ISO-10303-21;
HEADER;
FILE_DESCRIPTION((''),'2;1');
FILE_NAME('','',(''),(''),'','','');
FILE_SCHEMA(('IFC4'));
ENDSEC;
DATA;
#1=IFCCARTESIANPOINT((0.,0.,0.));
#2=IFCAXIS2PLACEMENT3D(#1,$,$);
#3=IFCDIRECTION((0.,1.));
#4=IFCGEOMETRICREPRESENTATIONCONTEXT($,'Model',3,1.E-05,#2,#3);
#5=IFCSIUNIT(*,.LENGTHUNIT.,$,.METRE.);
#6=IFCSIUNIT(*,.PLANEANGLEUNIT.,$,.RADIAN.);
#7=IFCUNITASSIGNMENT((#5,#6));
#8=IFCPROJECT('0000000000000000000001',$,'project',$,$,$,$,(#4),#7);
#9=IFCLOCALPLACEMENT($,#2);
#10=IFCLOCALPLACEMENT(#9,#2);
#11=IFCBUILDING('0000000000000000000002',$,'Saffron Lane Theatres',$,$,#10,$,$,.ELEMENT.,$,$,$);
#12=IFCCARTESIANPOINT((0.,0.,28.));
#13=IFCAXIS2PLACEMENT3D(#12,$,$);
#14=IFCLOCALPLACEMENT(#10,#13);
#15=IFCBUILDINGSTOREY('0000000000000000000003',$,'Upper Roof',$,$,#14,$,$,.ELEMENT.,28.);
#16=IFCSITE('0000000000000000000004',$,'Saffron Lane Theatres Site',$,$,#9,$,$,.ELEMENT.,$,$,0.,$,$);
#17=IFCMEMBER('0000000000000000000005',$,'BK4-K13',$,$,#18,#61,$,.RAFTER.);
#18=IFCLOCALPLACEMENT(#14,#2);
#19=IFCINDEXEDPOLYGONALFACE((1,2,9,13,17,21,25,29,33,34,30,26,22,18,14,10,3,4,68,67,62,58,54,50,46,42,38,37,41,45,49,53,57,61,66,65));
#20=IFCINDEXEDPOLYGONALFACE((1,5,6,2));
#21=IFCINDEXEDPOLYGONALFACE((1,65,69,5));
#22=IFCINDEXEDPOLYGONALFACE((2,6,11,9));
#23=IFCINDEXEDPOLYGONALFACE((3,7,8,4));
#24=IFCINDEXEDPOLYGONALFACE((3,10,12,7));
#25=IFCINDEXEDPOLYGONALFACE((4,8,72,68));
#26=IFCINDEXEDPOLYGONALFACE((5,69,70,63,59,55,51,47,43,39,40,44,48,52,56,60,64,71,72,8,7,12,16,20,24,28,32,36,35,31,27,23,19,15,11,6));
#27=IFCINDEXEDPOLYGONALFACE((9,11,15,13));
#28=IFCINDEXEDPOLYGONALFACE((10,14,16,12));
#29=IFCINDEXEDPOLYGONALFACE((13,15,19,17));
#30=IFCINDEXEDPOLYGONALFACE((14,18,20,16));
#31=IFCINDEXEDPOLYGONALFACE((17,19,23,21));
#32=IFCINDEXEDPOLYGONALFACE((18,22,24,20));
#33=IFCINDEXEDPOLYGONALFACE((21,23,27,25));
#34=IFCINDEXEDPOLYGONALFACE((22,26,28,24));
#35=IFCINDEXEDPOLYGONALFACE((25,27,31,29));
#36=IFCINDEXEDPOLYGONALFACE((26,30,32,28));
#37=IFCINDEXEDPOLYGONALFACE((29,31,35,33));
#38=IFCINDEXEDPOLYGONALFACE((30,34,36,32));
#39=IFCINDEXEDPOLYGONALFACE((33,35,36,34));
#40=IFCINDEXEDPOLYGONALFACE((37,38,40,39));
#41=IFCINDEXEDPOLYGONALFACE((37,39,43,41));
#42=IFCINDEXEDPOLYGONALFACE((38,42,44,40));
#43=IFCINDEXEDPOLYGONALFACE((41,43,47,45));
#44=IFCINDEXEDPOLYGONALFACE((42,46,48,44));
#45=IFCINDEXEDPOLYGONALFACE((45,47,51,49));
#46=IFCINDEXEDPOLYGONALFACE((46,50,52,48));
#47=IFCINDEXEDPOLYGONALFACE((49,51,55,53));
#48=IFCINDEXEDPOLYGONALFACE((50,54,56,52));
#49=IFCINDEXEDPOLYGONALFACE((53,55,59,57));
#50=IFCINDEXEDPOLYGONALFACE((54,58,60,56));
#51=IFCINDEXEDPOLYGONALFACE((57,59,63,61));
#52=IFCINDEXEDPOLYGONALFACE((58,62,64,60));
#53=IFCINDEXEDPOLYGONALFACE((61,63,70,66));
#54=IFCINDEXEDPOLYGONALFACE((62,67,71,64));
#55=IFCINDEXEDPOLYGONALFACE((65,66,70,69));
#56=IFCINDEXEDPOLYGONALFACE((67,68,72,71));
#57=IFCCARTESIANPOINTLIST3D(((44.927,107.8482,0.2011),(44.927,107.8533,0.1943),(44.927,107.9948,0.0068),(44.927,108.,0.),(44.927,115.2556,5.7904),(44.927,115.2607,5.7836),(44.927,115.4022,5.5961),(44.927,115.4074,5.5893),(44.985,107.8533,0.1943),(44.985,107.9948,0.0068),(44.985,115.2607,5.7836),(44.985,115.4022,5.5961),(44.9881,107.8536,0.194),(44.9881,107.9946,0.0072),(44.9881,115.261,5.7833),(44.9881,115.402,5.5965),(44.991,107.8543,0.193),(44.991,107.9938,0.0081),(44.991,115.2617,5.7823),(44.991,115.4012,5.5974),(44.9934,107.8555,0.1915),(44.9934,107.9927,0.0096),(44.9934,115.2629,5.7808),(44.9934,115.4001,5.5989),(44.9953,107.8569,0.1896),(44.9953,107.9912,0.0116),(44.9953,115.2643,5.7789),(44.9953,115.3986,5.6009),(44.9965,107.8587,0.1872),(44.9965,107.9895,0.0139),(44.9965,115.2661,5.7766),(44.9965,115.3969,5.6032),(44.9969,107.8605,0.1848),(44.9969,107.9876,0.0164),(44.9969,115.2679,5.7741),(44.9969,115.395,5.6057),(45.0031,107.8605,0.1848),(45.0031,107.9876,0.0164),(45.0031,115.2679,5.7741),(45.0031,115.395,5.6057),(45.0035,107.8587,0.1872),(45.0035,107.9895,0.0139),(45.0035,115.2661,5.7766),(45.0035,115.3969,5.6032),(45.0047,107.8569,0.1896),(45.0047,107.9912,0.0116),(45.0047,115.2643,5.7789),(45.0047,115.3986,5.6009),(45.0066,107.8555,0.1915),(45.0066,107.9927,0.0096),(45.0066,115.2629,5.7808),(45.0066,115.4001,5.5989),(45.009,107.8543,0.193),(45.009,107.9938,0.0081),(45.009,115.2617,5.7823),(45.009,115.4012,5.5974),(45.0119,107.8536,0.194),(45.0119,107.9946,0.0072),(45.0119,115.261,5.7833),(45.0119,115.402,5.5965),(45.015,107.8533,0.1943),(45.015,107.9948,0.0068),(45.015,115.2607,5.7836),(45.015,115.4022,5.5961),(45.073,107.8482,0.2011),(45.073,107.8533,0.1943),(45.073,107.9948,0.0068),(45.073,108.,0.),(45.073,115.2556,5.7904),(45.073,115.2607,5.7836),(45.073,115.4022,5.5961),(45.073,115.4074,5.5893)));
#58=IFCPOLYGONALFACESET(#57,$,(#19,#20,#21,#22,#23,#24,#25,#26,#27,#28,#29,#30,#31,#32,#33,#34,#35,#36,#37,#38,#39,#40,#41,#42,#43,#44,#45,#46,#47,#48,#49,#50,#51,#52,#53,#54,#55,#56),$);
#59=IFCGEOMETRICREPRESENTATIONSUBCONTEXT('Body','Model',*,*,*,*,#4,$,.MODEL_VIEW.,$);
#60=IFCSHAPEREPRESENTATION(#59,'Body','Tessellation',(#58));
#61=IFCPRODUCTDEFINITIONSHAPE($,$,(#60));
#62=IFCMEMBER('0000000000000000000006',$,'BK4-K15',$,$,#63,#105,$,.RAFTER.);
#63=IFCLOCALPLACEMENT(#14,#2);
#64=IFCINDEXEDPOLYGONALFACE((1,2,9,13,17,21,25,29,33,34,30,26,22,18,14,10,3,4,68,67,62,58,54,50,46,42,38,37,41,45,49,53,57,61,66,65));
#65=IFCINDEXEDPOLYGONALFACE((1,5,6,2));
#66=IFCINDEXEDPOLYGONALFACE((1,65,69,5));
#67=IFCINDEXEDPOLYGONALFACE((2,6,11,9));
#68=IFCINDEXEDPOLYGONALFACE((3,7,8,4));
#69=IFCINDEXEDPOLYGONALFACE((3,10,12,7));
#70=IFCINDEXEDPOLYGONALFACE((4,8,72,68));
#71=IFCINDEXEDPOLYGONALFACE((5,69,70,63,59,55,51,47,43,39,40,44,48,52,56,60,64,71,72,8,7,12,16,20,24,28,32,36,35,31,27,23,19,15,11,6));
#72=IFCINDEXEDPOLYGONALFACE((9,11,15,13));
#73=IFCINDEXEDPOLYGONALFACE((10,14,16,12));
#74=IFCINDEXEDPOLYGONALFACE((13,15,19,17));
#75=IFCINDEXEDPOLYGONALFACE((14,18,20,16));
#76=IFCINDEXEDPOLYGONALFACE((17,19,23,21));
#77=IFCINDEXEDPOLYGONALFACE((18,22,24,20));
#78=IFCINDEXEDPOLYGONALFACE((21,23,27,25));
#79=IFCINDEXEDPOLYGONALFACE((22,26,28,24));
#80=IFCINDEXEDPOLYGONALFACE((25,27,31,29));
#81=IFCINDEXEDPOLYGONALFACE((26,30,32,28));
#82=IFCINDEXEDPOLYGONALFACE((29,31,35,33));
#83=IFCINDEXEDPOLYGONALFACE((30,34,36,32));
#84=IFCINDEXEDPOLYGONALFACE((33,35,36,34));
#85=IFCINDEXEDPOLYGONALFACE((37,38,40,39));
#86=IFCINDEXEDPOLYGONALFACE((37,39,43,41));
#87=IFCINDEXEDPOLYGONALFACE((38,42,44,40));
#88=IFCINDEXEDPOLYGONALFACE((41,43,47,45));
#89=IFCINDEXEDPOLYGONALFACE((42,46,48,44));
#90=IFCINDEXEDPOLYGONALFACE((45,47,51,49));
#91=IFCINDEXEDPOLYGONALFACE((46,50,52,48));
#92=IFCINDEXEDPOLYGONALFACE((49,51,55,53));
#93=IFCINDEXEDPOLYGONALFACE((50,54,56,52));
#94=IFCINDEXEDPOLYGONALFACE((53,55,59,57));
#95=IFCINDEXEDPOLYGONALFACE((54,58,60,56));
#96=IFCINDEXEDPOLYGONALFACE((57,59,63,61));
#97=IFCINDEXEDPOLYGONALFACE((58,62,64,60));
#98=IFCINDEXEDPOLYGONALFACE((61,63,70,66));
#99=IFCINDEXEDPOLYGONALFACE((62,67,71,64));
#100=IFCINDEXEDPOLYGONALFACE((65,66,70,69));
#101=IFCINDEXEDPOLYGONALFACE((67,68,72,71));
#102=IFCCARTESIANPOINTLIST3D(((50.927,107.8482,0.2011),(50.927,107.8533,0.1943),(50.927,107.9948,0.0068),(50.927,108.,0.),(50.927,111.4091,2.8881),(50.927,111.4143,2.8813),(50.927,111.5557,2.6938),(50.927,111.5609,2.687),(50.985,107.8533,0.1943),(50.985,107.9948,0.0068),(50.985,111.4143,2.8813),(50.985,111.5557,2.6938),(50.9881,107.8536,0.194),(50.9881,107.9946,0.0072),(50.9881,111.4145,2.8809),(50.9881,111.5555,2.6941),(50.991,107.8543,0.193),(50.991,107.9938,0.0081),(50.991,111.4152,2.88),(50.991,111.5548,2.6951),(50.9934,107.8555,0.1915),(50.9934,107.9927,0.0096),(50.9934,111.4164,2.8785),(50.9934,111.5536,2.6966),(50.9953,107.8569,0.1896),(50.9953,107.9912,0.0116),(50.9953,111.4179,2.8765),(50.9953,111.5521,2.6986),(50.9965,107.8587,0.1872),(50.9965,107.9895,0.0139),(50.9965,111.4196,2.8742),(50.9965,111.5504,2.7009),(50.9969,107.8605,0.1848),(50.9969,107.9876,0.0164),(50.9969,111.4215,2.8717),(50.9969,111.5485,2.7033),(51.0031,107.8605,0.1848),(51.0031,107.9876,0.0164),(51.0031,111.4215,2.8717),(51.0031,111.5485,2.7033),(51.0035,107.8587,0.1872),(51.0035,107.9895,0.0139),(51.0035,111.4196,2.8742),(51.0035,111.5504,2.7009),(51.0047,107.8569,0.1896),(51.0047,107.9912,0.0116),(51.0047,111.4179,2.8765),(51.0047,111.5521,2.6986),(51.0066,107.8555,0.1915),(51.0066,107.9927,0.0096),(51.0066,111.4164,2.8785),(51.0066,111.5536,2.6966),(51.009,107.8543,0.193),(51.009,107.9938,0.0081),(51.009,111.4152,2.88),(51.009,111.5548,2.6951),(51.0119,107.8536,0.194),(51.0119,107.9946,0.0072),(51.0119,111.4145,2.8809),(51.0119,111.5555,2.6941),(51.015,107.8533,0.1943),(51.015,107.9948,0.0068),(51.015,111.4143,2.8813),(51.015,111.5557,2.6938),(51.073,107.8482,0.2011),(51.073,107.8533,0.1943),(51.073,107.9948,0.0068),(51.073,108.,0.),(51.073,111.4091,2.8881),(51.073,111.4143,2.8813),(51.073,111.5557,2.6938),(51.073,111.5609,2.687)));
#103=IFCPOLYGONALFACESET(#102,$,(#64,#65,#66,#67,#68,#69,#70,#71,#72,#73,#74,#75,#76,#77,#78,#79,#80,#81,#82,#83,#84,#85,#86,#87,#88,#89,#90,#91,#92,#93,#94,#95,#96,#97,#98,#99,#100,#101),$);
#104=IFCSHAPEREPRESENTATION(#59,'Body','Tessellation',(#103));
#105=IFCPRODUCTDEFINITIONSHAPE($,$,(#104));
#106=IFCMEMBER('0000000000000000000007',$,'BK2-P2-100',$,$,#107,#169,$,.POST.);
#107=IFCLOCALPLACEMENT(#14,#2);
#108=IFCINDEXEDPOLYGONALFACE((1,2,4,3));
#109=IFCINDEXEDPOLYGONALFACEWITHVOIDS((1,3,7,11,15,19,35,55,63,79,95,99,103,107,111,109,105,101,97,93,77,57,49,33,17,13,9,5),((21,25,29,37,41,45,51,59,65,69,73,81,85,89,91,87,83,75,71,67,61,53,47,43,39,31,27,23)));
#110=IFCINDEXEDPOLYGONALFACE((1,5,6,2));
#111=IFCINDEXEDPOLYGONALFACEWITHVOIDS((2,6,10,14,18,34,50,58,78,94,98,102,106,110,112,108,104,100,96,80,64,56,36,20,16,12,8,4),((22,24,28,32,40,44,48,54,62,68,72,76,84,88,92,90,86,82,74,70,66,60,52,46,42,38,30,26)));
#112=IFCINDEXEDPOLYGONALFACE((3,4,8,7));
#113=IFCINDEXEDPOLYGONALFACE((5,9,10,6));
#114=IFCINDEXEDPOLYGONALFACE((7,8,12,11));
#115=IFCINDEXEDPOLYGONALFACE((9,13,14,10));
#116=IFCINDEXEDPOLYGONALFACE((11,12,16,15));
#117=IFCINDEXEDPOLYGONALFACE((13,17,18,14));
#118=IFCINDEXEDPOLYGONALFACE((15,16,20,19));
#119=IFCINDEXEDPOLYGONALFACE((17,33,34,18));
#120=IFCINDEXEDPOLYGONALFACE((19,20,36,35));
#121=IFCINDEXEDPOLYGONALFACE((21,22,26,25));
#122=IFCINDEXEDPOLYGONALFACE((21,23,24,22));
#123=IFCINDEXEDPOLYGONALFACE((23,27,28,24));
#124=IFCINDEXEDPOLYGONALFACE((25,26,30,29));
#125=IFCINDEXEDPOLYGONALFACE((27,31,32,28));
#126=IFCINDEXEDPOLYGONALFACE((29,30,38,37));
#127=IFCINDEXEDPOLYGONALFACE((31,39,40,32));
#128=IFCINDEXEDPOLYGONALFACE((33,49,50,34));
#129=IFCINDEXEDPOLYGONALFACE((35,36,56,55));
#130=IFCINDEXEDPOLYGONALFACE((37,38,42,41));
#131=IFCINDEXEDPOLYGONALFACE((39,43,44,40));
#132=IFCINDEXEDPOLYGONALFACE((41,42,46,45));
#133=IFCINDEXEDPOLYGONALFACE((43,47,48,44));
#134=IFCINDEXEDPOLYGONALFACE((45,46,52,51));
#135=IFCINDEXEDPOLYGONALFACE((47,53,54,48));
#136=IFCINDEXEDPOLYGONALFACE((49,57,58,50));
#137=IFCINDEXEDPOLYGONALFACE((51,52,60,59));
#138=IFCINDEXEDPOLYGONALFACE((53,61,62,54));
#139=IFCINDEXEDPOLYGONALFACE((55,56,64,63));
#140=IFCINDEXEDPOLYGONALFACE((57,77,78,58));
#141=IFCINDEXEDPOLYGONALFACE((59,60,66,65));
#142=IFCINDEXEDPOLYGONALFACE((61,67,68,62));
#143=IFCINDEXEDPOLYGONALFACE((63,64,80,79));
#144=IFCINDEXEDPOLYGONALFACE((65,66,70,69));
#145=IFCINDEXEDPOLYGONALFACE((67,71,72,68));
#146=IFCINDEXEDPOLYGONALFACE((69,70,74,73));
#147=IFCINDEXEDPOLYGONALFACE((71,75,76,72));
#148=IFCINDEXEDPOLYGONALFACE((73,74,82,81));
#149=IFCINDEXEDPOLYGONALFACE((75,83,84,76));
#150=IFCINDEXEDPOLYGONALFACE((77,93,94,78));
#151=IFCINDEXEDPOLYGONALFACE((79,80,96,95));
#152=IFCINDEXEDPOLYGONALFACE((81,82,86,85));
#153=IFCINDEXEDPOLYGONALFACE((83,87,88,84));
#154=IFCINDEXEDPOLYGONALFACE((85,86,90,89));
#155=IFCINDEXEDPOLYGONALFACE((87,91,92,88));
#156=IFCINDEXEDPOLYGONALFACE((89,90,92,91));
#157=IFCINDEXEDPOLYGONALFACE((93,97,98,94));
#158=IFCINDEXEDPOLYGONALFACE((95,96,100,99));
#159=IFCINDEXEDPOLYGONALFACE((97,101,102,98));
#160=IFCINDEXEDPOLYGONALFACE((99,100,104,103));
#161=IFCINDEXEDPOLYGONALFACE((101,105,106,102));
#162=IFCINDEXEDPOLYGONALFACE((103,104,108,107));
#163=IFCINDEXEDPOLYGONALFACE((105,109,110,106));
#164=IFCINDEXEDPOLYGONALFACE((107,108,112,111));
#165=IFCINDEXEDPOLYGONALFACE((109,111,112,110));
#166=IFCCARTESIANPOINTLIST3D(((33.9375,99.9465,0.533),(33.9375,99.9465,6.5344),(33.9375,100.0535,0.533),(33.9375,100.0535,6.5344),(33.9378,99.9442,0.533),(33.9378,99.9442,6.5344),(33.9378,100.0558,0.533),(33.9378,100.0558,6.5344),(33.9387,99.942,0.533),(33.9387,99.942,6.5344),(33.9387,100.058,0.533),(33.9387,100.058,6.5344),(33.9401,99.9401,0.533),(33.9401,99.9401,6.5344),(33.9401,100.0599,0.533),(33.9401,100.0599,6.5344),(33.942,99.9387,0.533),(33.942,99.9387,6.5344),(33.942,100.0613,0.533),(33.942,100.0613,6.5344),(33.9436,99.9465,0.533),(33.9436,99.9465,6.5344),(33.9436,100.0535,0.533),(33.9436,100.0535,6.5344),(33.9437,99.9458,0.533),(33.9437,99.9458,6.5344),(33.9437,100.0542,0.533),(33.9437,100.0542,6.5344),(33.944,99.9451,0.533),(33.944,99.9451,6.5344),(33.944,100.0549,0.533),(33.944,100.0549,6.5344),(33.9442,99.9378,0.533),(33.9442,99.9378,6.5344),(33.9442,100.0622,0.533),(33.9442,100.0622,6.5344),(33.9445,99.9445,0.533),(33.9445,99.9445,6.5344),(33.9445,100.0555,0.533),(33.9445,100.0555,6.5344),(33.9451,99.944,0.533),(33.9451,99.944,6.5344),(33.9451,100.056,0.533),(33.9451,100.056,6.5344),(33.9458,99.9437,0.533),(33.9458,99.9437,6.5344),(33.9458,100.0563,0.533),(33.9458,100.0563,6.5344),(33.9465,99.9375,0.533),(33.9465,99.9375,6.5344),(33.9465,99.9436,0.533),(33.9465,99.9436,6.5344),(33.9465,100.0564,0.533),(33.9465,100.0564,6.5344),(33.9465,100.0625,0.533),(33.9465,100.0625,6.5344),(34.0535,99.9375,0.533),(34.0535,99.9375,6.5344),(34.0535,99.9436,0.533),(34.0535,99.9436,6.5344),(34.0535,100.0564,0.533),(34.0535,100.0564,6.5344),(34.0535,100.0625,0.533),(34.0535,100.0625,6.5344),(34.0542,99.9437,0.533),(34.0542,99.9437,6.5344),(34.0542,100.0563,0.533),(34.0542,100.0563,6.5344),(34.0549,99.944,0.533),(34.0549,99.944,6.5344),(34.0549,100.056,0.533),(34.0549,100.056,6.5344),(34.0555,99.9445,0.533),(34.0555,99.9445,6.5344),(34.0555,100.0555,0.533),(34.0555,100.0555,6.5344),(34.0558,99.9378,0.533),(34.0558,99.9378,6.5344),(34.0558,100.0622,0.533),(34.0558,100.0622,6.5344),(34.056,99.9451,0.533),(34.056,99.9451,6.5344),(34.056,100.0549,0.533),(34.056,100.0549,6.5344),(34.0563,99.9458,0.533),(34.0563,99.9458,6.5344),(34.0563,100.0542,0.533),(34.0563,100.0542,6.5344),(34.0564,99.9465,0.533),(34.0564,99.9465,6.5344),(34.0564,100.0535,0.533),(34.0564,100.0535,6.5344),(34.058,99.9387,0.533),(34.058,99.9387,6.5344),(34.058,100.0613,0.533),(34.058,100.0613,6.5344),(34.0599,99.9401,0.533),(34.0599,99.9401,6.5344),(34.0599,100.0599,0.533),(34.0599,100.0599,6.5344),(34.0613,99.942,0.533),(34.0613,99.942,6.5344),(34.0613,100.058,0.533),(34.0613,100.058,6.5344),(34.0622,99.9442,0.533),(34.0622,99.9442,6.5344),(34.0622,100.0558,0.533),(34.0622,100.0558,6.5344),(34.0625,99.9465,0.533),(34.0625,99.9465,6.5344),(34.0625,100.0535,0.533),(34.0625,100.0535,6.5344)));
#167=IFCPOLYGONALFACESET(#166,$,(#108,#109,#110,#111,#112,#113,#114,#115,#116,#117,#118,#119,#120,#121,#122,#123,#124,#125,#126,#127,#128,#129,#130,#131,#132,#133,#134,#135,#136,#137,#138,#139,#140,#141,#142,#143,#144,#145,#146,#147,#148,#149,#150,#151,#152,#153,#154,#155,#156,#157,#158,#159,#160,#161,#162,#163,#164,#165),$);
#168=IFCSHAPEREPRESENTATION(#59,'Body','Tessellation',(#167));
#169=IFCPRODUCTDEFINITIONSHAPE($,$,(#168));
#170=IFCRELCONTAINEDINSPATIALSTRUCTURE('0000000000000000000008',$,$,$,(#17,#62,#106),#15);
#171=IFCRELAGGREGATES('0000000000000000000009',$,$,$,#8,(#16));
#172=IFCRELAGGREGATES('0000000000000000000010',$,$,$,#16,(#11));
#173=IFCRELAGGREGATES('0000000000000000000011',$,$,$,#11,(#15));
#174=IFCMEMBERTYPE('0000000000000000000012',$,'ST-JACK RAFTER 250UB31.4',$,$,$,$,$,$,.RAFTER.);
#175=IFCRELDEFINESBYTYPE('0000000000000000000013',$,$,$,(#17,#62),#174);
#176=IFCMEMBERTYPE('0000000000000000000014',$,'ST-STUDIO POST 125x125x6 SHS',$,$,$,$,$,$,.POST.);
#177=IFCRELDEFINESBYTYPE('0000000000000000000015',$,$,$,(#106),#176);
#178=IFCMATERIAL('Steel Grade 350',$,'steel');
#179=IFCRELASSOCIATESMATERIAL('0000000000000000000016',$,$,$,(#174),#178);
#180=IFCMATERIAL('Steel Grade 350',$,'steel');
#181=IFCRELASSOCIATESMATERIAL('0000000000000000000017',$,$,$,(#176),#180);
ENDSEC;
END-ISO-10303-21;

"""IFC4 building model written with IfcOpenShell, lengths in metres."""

from ifc_helpers import new_model, si_unit, direction, frame, origin, origin_2d, place, context, subcontext, project, spatial, hollow_rectangle, i_section, extrude, material, material_profile, profile_set, type_object, element, save


model = new_model("IFC4")

# Units and contexts
model_context = context("Model", 3, precision=1e-05, world=origin(), true_north=direction((0.0, 1.0)))
body_context = subcontext(model_context, "Body", "Model", "MODEL_VIEW")
ifc_project = project(units=[si_unit("LENGTHUNIT", "METRE"), si_unit("PLANEANGLEUNIT", "RADIAN")], contexts=[model_context])

# Site, building, storey
site_placement = place(None, origin())
site = spatial("IfcSite", under=ifc_project, at=site_placement, Name="Saffron Lane Theatres Site", CompositionType="ELEMENT", RefElevation=0.0)
building_placement = place(site_placement, origin())
building = spatial("IfcBuilding", under=site, at=building_placement, Name="Saffron Lane Theatres", CompositionType="ELEMENT")
storey_placement = place(building_placement, frame((0.0, 0.0, 28.0)))
storey = spatial("IfcBuildingStorey", under=building, at=storey_placement, Name="Upper Roof", CompositionType="ELEMENT", Elevation=28.0)

# Members
ifc_material_1 = material(Name="Steel Grade 350", Category="steel")
ifc_material_profile_1 = material_profile(ifc_material_1, i_section(OverallWidth=0.146, OverallDepth=0.252, WebThickness=0.0061, FlangeThickness=0.0085, FilletRadius=0.012, at=origin_2d()))
ifc_profile_set_1 = profile_set([ifc_material_profile_1], Name="Steel Grade 350")
member_type_1 = type_object("IfcMemberType", Name="ST-JACK RAFTER 250UB31.4", PredefinedType="RAFTER", material=ifc_profile_set_1)
for number, where, z_axis, x_axis, name in (
    (1, (45.0, 107.9241, 0.1006), (0.0, 0.798251, 0.602325), (-1.0, 0.0, 0.0), "BK4-K13"),
):
    element("IfcMember", number, at=place(storey_placement, frame(where, z_axis=z_axis, x_axis=x_axis)), inside=storey, type_object=member_type_1, Name=name, PredefinedType="RAFTER", context=body_context, shape_type="SweptSolid", body=[
        extrude(i_section(OverallWidth=0.146, OverallDepth=0.252, WebThickness=0.0061, FlangeThickness=0.0085, FilletRadius=0.012, at=origin_2d()), origin(), (0.0, 0.0, 1.0), 9.2795),
    ])
member_1_placement = place(storey_placement, frame((51.0, 107.9241, 0.1006), z_axis=(0.0, 0.79825, 0.602327), x_axis=(-1.0, 0.0, 0.0)))
element("IfcMember", 2, at=member_1_placement, inside=storey, type_object=member_type_1, Name="BK4-K15", PredefinedType="RAFTER", context=body_context, shape_type="SweptSolid", body=[
    extrude(i_section(OverallWidth=0.146, OverallDepth=0.252, WebThickness=0.0061, FlangeThickness=0.0085, FilletRadius=0.012, at=origin_2d()), origin(), (0.0, 0.0, 1.0), 4.4609),
])
ifc_material_2 = material(Name="Steel Grade 350", Category="steel")
ifc_material_profile_2 = material_profile(ifc_material_2, hollow_rectangle(XDim=0.125, YDim=0.125, WallThickness=0.0061, InnerFilletRadius=0.0029, OuterFilletRadius=0.009, at=origin_2d()))
ifc_profile_set_2 = profile_set([ifc_material_profile_2], Name="Steel Grade 350")
member_type_2 = type_object("IfcMemberType", Name="ST-STUDIO POST 125x125x6 SHS", PredefinedType="POST", material=ifc_profile_set_2)
member_2_placement = place(storey_placement, frame((34.0, 100.0, 0.533), z_axis=(0.0, 0.0, 1.0), x_axis=(1.0, 0.0, 0.0)))
element("IfcMember", 3, at=member_2_placement, inside=storey, type_object=member_type_2, Name="BK2-P2-100", PredefinedType="POST", context=body_context, shape_type="SweptSolid", body=[
    extrude(hollow_rectangle(XDim=0.125, YDim=0.125, WallThickness=0.0061, InnerFilletRadius=0.0029, OuterFilletRadius=0.009, at=origin_2d()), origin(), (0.0, 0.0, 1.0), 6.0015),
])

save(model, "model.ifc")
